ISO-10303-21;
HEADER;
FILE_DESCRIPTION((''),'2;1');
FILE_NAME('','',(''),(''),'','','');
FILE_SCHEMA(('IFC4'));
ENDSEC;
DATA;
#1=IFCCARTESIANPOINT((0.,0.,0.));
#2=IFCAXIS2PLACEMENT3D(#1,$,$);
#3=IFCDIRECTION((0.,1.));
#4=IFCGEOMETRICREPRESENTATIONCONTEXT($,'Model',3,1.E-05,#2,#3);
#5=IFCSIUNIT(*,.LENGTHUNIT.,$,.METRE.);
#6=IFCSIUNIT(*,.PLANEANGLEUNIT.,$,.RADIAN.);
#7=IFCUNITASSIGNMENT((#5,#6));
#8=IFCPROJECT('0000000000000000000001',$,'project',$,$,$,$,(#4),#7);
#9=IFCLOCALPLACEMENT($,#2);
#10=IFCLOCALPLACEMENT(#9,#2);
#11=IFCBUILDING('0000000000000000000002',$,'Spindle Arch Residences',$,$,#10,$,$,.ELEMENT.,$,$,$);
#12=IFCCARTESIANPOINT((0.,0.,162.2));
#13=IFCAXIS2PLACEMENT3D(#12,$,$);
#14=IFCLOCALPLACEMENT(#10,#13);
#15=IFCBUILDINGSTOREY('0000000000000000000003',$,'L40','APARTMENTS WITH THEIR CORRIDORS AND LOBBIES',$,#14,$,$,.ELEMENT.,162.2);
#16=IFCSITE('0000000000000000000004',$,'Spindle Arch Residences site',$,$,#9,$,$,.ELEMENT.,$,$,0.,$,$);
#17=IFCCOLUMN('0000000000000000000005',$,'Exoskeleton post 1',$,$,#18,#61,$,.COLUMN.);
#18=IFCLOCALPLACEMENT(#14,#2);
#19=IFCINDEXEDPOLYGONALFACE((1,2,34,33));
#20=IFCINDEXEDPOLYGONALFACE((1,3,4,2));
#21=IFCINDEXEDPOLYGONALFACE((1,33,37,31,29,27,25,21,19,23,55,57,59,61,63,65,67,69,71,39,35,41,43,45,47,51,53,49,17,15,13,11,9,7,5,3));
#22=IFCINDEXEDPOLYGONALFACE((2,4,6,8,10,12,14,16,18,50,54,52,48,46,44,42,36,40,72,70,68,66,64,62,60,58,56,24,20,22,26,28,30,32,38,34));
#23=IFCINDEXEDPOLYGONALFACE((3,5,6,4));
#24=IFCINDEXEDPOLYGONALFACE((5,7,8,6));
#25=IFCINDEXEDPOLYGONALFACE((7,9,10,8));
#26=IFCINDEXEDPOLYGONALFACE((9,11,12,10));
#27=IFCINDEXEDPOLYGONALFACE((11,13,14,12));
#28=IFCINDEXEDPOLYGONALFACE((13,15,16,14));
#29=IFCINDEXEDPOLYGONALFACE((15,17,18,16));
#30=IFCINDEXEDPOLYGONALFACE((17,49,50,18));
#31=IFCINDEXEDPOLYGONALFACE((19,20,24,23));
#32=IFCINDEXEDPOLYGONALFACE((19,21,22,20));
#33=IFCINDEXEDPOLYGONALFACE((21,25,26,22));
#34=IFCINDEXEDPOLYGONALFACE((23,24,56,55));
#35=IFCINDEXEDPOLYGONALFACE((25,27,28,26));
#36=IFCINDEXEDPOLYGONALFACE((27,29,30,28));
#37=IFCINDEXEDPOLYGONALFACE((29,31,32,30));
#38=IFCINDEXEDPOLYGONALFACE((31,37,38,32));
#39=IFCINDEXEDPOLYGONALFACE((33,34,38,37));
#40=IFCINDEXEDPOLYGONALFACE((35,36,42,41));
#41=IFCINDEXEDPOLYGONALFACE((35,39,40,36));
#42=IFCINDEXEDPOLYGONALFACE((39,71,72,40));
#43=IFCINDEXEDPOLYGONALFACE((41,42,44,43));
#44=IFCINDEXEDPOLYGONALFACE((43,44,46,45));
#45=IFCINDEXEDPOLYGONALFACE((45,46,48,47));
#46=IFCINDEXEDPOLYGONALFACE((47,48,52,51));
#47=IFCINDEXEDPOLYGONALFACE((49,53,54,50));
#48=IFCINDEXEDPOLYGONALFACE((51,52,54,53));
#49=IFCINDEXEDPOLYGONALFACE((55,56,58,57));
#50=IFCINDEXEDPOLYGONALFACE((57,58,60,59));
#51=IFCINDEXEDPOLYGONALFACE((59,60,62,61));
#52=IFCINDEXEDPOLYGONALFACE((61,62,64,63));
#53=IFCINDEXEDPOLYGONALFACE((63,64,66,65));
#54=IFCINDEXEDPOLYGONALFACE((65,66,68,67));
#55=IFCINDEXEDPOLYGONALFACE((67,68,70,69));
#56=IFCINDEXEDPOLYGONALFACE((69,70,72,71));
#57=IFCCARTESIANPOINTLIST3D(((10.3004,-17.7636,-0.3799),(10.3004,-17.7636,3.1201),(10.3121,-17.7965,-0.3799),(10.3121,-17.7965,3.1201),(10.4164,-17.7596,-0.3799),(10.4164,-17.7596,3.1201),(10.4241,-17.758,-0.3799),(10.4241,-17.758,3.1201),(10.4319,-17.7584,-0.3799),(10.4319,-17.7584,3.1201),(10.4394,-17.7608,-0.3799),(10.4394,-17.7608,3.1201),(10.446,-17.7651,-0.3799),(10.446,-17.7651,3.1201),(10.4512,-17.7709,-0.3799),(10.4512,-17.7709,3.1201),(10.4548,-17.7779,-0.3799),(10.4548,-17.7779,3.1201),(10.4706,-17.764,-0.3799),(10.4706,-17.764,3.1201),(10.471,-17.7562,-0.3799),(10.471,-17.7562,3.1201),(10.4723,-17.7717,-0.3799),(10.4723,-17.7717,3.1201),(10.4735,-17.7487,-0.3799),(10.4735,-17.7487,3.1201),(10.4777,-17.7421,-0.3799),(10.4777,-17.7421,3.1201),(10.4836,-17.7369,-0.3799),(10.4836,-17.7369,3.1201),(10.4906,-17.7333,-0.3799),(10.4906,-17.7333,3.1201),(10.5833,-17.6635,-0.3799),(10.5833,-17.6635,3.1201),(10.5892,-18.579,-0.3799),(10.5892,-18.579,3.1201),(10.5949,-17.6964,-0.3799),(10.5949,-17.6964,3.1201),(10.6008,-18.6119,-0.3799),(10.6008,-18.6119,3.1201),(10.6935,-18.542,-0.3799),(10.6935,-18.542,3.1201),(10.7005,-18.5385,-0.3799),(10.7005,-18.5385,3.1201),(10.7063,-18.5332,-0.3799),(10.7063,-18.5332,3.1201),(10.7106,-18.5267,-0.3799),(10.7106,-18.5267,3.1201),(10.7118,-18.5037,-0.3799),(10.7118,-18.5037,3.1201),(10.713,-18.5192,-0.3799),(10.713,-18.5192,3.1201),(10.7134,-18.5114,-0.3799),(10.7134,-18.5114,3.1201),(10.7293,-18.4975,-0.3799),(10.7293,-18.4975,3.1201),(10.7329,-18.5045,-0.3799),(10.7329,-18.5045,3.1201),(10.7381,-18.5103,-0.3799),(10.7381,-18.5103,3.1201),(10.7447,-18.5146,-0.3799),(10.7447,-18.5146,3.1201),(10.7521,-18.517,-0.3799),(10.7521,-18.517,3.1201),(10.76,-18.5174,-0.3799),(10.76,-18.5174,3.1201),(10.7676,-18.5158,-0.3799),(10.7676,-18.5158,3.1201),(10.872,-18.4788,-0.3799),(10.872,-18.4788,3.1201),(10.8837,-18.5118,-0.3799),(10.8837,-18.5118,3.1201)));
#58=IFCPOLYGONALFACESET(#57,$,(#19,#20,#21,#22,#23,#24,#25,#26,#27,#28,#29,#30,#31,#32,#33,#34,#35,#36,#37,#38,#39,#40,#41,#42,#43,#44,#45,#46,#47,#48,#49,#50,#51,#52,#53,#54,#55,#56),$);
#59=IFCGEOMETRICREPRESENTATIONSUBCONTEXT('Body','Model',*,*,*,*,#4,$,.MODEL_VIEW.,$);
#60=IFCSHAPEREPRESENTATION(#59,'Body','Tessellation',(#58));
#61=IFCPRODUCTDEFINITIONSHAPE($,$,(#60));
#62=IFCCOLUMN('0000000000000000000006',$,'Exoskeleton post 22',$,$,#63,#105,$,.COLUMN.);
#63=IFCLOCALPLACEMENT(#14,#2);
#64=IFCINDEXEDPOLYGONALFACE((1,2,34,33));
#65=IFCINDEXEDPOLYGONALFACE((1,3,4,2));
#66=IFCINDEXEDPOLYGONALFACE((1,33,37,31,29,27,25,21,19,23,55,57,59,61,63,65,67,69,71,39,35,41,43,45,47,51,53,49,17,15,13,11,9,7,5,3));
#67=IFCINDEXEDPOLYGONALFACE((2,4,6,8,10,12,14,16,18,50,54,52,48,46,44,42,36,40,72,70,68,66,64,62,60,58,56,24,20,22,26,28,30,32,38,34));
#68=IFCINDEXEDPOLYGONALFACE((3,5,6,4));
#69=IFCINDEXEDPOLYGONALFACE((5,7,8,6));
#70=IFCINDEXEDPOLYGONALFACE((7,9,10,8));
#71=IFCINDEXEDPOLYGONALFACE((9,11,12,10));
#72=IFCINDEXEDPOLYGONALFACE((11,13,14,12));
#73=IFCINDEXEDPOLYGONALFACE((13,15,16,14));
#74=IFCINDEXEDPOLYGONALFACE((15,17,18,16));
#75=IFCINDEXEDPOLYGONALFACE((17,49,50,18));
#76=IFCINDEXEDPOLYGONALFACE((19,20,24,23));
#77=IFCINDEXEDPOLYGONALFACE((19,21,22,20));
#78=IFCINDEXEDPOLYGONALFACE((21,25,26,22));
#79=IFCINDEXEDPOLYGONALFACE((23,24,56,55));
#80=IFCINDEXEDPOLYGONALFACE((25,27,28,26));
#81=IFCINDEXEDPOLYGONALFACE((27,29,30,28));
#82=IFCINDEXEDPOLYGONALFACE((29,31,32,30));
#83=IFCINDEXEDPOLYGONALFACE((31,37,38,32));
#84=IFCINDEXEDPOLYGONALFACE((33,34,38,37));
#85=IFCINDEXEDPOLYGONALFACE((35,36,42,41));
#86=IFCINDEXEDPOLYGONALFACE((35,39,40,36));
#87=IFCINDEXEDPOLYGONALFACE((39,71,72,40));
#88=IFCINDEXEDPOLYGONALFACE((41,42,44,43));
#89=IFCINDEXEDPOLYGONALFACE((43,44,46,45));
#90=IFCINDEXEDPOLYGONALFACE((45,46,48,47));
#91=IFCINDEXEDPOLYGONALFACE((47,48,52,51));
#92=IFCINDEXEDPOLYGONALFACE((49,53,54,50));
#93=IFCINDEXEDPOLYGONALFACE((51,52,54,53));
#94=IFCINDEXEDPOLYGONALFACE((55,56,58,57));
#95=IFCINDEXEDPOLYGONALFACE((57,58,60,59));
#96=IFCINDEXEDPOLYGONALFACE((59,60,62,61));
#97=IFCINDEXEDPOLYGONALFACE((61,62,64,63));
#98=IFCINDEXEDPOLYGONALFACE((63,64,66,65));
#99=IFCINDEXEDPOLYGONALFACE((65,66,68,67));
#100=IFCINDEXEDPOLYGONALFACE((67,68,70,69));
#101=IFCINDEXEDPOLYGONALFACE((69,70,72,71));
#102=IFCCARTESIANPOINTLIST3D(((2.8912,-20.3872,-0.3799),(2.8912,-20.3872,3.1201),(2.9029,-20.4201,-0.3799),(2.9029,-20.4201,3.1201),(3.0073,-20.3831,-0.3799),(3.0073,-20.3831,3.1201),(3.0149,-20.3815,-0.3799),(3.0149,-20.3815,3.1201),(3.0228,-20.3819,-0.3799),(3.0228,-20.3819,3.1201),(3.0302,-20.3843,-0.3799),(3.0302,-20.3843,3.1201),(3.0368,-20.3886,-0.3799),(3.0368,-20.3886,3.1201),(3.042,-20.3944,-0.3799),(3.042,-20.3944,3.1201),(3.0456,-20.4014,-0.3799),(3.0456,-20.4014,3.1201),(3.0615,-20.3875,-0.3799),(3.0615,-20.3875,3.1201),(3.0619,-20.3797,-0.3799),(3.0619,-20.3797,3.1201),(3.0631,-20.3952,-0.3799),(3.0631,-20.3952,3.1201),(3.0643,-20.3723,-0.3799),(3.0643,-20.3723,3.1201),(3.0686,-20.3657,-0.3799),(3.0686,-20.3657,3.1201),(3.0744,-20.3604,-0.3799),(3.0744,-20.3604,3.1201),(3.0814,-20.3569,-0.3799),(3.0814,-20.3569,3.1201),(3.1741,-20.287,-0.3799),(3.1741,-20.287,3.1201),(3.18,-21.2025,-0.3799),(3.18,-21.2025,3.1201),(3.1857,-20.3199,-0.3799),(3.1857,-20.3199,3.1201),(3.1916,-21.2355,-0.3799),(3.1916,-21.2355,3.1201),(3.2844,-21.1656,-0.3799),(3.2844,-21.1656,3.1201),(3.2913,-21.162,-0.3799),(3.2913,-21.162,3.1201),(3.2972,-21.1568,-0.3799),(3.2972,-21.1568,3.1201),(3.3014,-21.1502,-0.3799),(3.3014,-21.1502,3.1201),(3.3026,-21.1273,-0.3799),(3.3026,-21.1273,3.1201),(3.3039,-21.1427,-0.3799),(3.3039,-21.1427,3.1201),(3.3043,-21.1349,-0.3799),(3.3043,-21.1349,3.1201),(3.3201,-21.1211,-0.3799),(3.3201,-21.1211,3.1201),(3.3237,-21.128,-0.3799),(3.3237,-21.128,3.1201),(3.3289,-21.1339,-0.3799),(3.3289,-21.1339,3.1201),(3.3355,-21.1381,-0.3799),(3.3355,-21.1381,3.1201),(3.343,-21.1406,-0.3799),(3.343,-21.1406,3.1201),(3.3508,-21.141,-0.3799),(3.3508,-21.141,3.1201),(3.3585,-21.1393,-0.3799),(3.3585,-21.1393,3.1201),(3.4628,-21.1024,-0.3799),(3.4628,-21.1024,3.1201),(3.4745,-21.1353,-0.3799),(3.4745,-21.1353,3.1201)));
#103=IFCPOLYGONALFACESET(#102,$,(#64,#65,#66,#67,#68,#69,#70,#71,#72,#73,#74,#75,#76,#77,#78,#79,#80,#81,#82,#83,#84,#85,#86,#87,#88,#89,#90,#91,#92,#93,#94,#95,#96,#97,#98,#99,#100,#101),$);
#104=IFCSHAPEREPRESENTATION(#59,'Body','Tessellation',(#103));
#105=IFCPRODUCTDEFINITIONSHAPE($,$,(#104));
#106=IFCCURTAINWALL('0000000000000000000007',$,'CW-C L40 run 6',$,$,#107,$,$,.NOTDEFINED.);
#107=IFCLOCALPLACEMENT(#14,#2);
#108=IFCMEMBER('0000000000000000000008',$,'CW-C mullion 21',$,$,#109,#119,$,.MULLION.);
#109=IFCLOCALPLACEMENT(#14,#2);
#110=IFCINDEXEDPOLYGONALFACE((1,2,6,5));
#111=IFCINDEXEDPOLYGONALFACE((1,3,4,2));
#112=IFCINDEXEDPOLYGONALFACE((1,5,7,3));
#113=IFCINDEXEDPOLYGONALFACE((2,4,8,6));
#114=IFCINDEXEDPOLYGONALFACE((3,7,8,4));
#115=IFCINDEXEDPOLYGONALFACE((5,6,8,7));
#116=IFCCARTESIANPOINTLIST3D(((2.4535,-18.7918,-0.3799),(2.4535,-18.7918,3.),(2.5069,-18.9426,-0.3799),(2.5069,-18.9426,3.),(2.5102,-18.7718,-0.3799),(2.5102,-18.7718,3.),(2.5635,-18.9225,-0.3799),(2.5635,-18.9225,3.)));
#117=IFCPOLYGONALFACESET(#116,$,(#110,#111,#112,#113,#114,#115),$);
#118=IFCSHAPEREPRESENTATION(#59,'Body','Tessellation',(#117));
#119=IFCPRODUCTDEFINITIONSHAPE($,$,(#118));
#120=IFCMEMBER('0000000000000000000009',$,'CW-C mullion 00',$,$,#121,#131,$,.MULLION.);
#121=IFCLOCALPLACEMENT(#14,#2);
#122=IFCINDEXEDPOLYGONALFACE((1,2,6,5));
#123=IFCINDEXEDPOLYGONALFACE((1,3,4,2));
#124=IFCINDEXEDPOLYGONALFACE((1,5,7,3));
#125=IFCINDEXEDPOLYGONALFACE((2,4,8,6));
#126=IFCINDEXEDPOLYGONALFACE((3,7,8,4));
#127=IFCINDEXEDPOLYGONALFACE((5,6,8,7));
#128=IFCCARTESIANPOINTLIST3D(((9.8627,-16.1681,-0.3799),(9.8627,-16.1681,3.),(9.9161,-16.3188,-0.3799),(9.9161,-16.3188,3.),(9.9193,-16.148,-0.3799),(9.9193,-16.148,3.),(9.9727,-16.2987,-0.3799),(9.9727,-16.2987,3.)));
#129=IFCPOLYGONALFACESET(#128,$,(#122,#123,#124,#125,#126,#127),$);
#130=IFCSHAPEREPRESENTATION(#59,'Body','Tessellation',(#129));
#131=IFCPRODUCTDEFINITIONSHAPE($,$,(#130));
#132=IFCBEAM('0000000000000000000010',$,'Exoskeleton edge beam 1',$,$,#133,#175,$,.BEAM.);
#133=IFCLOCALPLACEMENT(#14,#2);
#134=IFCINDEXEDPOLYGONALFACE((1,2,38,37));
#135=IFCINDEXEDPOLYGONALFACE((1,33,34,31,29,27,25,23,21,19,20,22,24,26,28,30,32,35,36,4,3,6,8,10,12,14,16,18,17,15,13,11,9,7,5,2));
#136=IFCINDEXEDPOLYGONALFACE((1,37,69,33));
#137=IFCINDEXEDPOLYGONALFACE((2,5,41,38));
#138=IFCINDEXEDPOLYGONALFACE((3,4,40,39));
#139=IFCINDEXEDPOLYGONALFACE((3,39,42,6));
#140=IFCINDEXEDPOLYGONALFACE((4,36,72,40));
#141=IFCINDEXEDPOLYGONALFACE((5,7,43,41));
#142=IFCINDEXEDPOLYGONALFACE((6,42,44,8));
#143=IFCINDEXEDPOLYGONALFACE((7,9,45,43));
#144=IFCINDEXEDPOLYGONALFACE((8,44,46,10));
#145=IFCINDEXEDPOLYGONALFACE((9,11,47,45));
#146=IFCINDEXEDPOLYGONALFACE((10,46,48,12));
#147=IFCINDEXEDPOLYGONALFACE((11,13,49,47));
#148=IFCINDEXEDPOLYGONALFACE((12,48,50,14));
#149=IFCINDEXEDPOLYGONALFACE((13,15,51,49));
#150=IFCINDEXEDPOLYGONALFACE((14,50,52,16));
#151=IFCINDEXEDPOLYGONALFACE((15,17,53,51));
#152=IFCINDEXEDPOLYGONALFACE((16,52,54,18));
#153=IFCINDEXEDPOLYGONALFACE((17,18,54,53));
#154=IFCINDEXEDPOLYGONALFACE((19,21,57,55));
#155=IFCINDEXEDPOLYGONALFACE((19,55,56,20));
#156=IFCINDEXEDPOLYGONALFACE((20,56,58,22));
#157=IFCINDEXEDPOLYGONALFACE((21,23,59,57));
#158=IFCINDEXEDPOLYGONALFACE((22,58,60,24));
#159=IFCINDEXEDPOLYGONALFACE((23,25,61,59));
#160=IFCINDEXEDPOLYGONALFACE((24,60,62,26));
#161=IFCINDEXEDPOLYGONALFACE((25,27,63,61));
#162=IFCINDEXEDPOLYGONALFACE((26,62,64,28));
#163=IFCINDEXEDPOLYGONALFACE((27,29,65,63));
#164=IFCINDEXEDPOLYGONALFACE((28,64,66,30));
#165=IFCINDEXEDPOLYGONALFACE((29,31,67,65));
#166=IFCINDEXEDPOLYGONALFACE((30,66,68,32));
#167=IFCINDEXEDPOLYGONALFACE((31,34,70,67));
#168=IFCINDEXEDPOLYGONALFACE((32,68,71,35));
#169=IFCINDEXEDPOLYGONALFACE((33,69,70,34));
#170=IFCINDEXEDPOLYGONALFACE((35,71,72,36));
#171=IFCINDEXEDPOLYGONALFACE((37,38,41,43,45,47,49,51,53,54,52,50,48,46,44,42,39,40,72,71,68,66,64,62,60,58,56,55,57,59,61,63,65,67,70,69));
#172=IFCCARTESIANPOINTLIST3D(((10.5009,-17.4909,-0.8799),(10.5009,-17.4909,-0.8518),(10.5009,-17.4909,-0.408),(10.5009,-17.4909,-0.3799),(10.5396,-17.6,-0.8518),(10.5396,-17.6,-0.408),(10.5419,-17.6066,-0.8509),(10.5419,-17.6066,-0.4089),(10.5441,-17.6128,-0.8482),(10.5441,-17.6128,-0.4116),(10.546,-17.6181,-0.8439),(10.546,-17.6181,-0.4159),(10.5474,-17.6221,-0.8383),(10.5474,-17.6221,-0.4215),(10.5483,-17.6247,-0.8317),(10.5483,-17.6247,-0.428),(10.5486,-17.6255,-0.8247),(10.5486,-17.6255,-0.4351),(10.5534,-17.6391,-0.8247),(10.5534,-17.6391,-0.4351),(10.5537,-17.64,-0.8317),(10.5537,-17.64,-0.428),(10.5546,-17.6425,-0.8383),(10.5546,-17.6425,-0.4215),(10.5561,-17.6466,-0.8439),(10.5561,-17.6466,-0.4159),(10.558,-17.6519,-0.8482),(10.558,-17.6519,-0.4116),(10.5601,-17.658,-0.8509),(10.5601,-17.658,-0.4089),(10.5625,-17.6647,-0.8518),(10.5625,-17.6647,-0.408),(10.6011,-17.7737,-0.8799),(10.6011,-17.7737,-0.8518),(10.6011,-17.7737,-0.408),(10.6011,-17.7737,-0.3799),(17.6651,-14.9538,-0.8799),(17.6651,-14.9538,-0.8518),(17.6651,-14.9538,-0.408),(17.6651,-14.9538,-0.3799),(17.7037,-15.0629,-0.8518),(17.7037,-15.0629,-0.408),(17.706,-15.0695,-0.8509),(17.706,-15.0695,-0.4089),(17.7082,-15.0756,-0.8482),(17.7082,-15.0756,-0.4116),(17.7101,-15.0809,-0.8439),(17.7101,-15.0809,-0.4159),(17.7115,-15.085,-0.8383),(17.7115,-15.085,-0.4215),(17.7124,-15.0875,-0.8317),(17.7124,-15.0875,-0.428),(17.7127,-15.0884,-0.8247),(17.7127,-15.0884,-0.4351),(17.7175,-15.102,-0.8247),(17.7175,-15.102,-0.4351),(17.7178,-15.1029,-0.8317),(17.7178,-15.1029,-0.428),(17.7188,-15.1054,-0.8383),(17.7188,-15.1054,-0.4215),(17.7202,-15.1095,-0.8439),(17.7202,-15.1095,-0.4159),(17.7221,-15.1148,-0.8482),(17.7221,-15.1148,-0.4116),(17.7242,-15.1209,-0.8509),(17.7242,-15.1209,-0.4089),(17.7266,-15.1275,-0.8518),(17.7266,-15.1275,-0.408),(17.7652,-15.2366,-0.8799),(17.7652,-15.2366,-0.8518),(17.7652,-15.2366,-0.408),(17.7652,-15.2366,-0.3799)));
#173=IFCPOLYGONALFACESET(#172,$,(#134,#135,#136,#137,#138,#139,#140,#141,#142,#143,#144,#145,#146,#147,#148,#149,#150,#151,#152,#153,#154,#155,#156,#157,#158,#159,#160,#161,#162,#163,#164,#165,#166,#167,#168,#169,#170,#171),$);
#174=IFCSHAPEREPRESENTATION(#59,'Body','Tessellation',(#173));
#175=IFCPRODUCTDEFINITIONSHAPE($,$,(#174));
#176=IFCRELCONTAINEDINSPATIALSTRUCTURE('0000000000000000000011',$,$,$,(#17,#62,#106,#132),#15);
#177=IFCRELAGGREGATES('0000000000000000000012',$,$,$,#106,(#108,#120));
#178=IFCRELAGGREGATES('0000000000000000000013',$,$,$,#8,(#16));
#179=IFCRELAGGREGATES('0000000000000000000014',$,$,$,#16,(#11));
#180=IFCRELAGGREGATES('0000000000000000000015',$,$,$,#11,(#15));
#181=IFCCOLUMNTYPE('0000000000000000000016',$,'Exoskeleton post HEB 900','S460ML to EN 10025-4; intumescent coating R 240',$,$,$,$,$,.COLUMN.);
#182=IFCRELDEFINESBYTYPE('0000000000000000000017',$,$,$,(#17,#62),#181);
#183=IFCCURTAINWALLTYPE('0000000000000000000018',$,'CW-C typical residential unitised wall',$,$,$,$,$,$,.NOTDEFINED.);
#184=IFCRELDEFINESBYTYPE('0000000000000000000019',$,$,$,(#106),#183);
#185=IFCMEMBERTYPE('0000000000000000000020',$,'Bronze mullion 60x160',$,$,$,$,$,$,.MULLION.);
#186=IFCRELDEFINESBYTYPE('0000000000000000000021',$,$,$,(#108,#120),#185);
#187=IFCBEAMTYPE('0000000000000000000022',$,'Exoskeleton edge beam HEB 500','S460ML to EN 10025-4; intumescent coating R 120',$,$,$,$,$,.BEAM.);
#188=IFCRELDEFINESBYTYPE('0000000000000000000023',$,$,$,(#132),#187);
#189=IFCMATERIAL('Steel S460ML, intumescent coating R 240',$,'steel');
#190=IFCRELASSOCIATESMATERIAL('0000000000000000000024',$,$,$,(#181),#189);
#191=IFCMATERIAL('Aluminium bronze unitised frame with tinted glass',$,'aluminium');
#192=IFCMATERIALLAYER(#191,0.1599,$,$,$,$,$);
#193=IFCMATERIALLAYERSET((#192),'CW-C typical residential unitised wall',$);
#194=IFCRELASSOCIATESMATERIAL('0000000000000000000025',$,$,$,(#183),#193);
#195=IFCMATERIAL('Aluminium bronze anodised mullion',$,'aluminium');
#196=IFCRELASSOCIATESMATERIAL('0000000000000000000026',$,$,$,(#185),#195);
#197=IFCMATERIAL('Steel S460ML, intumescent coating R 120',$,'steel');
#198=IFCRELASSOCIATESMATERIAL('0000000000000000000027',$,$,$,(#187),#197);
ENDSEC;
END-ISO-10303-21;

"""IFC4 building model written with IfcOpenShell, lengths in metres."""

from ifc_helpers import new_model, si_unit, direction, frame, origin, origin_2d, place, context, subcontext, project, spatial, rectangle, i_section, extrude, material, layer, layer_set, material_profile, profile_set, type_object, element, aggregate, save


model = new_model("IFC4")

# Units and contexts
model_context = context("Model", 3, precision=1e-05, world=origin(), true_north=direction((0.0, 1.0)))
body_context = subcontext(model_context, "Body", "Model", "MODEL_VIEW")
ifc_project = project(units=[si_unit("LENGTHUNIT", "METRE"), si_unit("PLANEANGLEUNIT", "RADIAN")], contexts=[model_context])

# Site, building, storey
site_placement = place(None, origin())
site = spatial("IfcSite", under=ifc_project, at=site_placement, Name="Spindle Arch Residences site", CompositionType="ELEMENT", RefElevation=0.0)
building_placement = place(site_placement, origin())
building = spatial("IfcBuilding", under=site, at=building_placement, Name="Spindle Arch Residences", CompositionType="ELEMENT")
storey_placement = place(building_placement, frame((0.0, 0.0, 162.2)))
storey = spatial("IfcBuildingStorey", under=building, at=storey_placement, Name="L40", Description="APARTMENTS WITH THEIR CORRIDORS AND LOBBIES", CompositionType="ELEMENT", Elevation=162.2)

# Columns
ifc_material_1 = material(Name="Steel S460ML, intumescent coating R 240", Category="steel")
ifc_material_profile_1 = material_profile(ifc_material_1, i_section(OverallWidth=0.3, OverallDepth=0.8999, WebThickness=0.0186, FlangeThickness=0.0349, FilletRadius=0.03, at=origin_2d()), Name="HEB 900")
ifc_profile_set_1 = profile_set([ifc_material_profile_1], Name="Steel S460ML, intumescent coating R 240")
column_type = type_object("IfcColumnType", Name="Exoskeleton post HEB 900", Description="S460ML to EN 10025-4; intumescent coating R 240", PredefinedType="COLUMN", material=ifc_profile_set_1)
for number, where, z_axis, x_axis, name in (
    (1, (10.592, -18.1377, -0.3799), (0.0, 0.0, 1.0), (-0.942641, -0.333807, 0.0), "Exoskeleton post 1"),
    (2, (3.1829, -20.7612, -0.3799), (0.0, 0.0, 1.0), (-0.942641, -0.333807, 0.0), "Exoskeleton post 22"),
):
    element("IfcColumn", number, at=place(storey_placement, frame(where, z_axis=z_axis, x_axis=x_axis)), inside=storey, type_object=column_type, Name=name, PredefinedType="COLUMN", context=body_context, shape_type="SweptSolid", body=[
        extrude(i_section(OverallWidth=0.3, OverallDepth=0.8999, WebThickness=0.0186, FlangeThickness=0.0349, FilletRadius=0.03, at=origin_2d()), origin(), (0.0, 0.0, 1.0), 3.5),
    ])

# Curtain wall, members
ifc_material_2 = material(Name="Aluminium bronze unitised frame with tinted glass", Category="aluminium")
ifc_layer_1 = layer(ifc_material_2, 0.1599)
ifc_layer_set_1 = layer_set([ifc_layer_1], Name="CW-C typical residential unitised wall")
curtain_wall_type = type_object("IfcCurtainWallType", Name="CW-C typical residential unitised wall", PredefinedType="NOTDEFINED", material=ifc_layer_set_1)
curtain_wall_placement = place(storey_placement, origin())
curtain_wall = element("IfcCurtainWall", 3, at=curtain_wall_placement, inside=storey, type_object=curtain_wall_type, Name="CW-C L40 run 6", PredefinedType="NOTDEFINED")
ifc_material_3 = material(Name="Aluminium bronze anodised mullion", Category="aluminium")
ifc_material_profile_2 = material_profile(ifc_material_3, rectangle(XDim=0.1599, YDim=0.0601, at=origin_2d()), Name="MU 60x160")
ifc_profile_set_2 = profile_set([ifc_material_profile_2], Name="Aluminium bronze anodised mullion")
member_type = type_object("IfcMemberType", Name="Bronze mullion 60x160", PredefinedType="MULLION", material=ifc_profile_set_2)
member_1_placement = place(storey_placement, frame((2.5085, -18.8572, -0.3799), z_axis=(0.0, 0.0, 1.0), x_axis=(-0.333807, 0.942641, 0.0)))
member_1 = element("IfcMember", 4, at=member_1_placement, type_object=member_type, Name="CW-C mullion 21", PredefinedType="MULLION", context=body_context, shape_type="SweptSolid", body=[
    extrude(rectangle(XDim=0.1599, YDim=0.0601, at=origin_2d()), origin(), (0.0, 0.0, 1.0), 3.3799),
])
member_2_placement = place(storey_placement, frame((9.9177, -16.2334, -0.3799), z_axis=(0.0, 0.0, 1.0), x_axis=(-0.333807, 0.942641, 0.0)))
member_2 = element("IfcMember", 5, at=member_2_placement, type_object=member_type, Name="CW-C mullion 00", PredefinedType="MULLION", context=body_context, shape_type="SweptSolid", body=[
    extrude(rectangle(XDim=0.1599, YDim=0.0601, at=origin_2d()), origin(), (0.0, 0.0, 1.0), 3.3799),
])

# Beam
ifc_material_4 = material(Name="Steel S460ML, intumescent coating R 120", Category="steel")
ifc_material_profile_3 = material_profile(ifc_material_4, i_section(OverallWidth=0.3, OverallDepth=0.5, WebThickness=0.0144, FlangeThickness=0.0281, FilletRadius=0.0271, at=origin_2d()), Name="HEB 500")
ifc_profile_set_3 = profile_set([ifc_material_profile_3], Name="Steel S460ML, intumescent coating R 120")
beam_type_1 = type_object("IfcBeamType", Name="Exoskeleton edge beam HEB 500", Description="S460ML to EN 10025-4; intumescent coating R 120", PredefinedType="BEAM", material=ifc_profile_set_3)
for number, where, z_axis, x_axis, name in (
    (6, (10.551, -17.6323, -0.6299), (0.942634, 0.333828, 0.0), (-0.333828, 0.942634, 0.0), "Exoskeleton edge beam 1"),
):
    element("IfcBeam", number, at=place(storey_placement, frame(where, z_axis=z_axis, x_axis=x_axis)), inside=storey, type_object=beam_type_1, Name=name, PredefinedType="BEAM", context=body_context, shape_type="SweptSolid", body=[
        extrude(i_section(OverallWidth=0.3, OverallDepth=0.5, WebThickness=0.0144, FlangeThickness=0.0281, FilletRadius=0.0271, at=origin_2d()), origin(), (0.0, 0.0, 1.0), 7.6001),
    ])

aggregate(curtain_wall, [member_1, member_2])

save(model, "model.ifc")
